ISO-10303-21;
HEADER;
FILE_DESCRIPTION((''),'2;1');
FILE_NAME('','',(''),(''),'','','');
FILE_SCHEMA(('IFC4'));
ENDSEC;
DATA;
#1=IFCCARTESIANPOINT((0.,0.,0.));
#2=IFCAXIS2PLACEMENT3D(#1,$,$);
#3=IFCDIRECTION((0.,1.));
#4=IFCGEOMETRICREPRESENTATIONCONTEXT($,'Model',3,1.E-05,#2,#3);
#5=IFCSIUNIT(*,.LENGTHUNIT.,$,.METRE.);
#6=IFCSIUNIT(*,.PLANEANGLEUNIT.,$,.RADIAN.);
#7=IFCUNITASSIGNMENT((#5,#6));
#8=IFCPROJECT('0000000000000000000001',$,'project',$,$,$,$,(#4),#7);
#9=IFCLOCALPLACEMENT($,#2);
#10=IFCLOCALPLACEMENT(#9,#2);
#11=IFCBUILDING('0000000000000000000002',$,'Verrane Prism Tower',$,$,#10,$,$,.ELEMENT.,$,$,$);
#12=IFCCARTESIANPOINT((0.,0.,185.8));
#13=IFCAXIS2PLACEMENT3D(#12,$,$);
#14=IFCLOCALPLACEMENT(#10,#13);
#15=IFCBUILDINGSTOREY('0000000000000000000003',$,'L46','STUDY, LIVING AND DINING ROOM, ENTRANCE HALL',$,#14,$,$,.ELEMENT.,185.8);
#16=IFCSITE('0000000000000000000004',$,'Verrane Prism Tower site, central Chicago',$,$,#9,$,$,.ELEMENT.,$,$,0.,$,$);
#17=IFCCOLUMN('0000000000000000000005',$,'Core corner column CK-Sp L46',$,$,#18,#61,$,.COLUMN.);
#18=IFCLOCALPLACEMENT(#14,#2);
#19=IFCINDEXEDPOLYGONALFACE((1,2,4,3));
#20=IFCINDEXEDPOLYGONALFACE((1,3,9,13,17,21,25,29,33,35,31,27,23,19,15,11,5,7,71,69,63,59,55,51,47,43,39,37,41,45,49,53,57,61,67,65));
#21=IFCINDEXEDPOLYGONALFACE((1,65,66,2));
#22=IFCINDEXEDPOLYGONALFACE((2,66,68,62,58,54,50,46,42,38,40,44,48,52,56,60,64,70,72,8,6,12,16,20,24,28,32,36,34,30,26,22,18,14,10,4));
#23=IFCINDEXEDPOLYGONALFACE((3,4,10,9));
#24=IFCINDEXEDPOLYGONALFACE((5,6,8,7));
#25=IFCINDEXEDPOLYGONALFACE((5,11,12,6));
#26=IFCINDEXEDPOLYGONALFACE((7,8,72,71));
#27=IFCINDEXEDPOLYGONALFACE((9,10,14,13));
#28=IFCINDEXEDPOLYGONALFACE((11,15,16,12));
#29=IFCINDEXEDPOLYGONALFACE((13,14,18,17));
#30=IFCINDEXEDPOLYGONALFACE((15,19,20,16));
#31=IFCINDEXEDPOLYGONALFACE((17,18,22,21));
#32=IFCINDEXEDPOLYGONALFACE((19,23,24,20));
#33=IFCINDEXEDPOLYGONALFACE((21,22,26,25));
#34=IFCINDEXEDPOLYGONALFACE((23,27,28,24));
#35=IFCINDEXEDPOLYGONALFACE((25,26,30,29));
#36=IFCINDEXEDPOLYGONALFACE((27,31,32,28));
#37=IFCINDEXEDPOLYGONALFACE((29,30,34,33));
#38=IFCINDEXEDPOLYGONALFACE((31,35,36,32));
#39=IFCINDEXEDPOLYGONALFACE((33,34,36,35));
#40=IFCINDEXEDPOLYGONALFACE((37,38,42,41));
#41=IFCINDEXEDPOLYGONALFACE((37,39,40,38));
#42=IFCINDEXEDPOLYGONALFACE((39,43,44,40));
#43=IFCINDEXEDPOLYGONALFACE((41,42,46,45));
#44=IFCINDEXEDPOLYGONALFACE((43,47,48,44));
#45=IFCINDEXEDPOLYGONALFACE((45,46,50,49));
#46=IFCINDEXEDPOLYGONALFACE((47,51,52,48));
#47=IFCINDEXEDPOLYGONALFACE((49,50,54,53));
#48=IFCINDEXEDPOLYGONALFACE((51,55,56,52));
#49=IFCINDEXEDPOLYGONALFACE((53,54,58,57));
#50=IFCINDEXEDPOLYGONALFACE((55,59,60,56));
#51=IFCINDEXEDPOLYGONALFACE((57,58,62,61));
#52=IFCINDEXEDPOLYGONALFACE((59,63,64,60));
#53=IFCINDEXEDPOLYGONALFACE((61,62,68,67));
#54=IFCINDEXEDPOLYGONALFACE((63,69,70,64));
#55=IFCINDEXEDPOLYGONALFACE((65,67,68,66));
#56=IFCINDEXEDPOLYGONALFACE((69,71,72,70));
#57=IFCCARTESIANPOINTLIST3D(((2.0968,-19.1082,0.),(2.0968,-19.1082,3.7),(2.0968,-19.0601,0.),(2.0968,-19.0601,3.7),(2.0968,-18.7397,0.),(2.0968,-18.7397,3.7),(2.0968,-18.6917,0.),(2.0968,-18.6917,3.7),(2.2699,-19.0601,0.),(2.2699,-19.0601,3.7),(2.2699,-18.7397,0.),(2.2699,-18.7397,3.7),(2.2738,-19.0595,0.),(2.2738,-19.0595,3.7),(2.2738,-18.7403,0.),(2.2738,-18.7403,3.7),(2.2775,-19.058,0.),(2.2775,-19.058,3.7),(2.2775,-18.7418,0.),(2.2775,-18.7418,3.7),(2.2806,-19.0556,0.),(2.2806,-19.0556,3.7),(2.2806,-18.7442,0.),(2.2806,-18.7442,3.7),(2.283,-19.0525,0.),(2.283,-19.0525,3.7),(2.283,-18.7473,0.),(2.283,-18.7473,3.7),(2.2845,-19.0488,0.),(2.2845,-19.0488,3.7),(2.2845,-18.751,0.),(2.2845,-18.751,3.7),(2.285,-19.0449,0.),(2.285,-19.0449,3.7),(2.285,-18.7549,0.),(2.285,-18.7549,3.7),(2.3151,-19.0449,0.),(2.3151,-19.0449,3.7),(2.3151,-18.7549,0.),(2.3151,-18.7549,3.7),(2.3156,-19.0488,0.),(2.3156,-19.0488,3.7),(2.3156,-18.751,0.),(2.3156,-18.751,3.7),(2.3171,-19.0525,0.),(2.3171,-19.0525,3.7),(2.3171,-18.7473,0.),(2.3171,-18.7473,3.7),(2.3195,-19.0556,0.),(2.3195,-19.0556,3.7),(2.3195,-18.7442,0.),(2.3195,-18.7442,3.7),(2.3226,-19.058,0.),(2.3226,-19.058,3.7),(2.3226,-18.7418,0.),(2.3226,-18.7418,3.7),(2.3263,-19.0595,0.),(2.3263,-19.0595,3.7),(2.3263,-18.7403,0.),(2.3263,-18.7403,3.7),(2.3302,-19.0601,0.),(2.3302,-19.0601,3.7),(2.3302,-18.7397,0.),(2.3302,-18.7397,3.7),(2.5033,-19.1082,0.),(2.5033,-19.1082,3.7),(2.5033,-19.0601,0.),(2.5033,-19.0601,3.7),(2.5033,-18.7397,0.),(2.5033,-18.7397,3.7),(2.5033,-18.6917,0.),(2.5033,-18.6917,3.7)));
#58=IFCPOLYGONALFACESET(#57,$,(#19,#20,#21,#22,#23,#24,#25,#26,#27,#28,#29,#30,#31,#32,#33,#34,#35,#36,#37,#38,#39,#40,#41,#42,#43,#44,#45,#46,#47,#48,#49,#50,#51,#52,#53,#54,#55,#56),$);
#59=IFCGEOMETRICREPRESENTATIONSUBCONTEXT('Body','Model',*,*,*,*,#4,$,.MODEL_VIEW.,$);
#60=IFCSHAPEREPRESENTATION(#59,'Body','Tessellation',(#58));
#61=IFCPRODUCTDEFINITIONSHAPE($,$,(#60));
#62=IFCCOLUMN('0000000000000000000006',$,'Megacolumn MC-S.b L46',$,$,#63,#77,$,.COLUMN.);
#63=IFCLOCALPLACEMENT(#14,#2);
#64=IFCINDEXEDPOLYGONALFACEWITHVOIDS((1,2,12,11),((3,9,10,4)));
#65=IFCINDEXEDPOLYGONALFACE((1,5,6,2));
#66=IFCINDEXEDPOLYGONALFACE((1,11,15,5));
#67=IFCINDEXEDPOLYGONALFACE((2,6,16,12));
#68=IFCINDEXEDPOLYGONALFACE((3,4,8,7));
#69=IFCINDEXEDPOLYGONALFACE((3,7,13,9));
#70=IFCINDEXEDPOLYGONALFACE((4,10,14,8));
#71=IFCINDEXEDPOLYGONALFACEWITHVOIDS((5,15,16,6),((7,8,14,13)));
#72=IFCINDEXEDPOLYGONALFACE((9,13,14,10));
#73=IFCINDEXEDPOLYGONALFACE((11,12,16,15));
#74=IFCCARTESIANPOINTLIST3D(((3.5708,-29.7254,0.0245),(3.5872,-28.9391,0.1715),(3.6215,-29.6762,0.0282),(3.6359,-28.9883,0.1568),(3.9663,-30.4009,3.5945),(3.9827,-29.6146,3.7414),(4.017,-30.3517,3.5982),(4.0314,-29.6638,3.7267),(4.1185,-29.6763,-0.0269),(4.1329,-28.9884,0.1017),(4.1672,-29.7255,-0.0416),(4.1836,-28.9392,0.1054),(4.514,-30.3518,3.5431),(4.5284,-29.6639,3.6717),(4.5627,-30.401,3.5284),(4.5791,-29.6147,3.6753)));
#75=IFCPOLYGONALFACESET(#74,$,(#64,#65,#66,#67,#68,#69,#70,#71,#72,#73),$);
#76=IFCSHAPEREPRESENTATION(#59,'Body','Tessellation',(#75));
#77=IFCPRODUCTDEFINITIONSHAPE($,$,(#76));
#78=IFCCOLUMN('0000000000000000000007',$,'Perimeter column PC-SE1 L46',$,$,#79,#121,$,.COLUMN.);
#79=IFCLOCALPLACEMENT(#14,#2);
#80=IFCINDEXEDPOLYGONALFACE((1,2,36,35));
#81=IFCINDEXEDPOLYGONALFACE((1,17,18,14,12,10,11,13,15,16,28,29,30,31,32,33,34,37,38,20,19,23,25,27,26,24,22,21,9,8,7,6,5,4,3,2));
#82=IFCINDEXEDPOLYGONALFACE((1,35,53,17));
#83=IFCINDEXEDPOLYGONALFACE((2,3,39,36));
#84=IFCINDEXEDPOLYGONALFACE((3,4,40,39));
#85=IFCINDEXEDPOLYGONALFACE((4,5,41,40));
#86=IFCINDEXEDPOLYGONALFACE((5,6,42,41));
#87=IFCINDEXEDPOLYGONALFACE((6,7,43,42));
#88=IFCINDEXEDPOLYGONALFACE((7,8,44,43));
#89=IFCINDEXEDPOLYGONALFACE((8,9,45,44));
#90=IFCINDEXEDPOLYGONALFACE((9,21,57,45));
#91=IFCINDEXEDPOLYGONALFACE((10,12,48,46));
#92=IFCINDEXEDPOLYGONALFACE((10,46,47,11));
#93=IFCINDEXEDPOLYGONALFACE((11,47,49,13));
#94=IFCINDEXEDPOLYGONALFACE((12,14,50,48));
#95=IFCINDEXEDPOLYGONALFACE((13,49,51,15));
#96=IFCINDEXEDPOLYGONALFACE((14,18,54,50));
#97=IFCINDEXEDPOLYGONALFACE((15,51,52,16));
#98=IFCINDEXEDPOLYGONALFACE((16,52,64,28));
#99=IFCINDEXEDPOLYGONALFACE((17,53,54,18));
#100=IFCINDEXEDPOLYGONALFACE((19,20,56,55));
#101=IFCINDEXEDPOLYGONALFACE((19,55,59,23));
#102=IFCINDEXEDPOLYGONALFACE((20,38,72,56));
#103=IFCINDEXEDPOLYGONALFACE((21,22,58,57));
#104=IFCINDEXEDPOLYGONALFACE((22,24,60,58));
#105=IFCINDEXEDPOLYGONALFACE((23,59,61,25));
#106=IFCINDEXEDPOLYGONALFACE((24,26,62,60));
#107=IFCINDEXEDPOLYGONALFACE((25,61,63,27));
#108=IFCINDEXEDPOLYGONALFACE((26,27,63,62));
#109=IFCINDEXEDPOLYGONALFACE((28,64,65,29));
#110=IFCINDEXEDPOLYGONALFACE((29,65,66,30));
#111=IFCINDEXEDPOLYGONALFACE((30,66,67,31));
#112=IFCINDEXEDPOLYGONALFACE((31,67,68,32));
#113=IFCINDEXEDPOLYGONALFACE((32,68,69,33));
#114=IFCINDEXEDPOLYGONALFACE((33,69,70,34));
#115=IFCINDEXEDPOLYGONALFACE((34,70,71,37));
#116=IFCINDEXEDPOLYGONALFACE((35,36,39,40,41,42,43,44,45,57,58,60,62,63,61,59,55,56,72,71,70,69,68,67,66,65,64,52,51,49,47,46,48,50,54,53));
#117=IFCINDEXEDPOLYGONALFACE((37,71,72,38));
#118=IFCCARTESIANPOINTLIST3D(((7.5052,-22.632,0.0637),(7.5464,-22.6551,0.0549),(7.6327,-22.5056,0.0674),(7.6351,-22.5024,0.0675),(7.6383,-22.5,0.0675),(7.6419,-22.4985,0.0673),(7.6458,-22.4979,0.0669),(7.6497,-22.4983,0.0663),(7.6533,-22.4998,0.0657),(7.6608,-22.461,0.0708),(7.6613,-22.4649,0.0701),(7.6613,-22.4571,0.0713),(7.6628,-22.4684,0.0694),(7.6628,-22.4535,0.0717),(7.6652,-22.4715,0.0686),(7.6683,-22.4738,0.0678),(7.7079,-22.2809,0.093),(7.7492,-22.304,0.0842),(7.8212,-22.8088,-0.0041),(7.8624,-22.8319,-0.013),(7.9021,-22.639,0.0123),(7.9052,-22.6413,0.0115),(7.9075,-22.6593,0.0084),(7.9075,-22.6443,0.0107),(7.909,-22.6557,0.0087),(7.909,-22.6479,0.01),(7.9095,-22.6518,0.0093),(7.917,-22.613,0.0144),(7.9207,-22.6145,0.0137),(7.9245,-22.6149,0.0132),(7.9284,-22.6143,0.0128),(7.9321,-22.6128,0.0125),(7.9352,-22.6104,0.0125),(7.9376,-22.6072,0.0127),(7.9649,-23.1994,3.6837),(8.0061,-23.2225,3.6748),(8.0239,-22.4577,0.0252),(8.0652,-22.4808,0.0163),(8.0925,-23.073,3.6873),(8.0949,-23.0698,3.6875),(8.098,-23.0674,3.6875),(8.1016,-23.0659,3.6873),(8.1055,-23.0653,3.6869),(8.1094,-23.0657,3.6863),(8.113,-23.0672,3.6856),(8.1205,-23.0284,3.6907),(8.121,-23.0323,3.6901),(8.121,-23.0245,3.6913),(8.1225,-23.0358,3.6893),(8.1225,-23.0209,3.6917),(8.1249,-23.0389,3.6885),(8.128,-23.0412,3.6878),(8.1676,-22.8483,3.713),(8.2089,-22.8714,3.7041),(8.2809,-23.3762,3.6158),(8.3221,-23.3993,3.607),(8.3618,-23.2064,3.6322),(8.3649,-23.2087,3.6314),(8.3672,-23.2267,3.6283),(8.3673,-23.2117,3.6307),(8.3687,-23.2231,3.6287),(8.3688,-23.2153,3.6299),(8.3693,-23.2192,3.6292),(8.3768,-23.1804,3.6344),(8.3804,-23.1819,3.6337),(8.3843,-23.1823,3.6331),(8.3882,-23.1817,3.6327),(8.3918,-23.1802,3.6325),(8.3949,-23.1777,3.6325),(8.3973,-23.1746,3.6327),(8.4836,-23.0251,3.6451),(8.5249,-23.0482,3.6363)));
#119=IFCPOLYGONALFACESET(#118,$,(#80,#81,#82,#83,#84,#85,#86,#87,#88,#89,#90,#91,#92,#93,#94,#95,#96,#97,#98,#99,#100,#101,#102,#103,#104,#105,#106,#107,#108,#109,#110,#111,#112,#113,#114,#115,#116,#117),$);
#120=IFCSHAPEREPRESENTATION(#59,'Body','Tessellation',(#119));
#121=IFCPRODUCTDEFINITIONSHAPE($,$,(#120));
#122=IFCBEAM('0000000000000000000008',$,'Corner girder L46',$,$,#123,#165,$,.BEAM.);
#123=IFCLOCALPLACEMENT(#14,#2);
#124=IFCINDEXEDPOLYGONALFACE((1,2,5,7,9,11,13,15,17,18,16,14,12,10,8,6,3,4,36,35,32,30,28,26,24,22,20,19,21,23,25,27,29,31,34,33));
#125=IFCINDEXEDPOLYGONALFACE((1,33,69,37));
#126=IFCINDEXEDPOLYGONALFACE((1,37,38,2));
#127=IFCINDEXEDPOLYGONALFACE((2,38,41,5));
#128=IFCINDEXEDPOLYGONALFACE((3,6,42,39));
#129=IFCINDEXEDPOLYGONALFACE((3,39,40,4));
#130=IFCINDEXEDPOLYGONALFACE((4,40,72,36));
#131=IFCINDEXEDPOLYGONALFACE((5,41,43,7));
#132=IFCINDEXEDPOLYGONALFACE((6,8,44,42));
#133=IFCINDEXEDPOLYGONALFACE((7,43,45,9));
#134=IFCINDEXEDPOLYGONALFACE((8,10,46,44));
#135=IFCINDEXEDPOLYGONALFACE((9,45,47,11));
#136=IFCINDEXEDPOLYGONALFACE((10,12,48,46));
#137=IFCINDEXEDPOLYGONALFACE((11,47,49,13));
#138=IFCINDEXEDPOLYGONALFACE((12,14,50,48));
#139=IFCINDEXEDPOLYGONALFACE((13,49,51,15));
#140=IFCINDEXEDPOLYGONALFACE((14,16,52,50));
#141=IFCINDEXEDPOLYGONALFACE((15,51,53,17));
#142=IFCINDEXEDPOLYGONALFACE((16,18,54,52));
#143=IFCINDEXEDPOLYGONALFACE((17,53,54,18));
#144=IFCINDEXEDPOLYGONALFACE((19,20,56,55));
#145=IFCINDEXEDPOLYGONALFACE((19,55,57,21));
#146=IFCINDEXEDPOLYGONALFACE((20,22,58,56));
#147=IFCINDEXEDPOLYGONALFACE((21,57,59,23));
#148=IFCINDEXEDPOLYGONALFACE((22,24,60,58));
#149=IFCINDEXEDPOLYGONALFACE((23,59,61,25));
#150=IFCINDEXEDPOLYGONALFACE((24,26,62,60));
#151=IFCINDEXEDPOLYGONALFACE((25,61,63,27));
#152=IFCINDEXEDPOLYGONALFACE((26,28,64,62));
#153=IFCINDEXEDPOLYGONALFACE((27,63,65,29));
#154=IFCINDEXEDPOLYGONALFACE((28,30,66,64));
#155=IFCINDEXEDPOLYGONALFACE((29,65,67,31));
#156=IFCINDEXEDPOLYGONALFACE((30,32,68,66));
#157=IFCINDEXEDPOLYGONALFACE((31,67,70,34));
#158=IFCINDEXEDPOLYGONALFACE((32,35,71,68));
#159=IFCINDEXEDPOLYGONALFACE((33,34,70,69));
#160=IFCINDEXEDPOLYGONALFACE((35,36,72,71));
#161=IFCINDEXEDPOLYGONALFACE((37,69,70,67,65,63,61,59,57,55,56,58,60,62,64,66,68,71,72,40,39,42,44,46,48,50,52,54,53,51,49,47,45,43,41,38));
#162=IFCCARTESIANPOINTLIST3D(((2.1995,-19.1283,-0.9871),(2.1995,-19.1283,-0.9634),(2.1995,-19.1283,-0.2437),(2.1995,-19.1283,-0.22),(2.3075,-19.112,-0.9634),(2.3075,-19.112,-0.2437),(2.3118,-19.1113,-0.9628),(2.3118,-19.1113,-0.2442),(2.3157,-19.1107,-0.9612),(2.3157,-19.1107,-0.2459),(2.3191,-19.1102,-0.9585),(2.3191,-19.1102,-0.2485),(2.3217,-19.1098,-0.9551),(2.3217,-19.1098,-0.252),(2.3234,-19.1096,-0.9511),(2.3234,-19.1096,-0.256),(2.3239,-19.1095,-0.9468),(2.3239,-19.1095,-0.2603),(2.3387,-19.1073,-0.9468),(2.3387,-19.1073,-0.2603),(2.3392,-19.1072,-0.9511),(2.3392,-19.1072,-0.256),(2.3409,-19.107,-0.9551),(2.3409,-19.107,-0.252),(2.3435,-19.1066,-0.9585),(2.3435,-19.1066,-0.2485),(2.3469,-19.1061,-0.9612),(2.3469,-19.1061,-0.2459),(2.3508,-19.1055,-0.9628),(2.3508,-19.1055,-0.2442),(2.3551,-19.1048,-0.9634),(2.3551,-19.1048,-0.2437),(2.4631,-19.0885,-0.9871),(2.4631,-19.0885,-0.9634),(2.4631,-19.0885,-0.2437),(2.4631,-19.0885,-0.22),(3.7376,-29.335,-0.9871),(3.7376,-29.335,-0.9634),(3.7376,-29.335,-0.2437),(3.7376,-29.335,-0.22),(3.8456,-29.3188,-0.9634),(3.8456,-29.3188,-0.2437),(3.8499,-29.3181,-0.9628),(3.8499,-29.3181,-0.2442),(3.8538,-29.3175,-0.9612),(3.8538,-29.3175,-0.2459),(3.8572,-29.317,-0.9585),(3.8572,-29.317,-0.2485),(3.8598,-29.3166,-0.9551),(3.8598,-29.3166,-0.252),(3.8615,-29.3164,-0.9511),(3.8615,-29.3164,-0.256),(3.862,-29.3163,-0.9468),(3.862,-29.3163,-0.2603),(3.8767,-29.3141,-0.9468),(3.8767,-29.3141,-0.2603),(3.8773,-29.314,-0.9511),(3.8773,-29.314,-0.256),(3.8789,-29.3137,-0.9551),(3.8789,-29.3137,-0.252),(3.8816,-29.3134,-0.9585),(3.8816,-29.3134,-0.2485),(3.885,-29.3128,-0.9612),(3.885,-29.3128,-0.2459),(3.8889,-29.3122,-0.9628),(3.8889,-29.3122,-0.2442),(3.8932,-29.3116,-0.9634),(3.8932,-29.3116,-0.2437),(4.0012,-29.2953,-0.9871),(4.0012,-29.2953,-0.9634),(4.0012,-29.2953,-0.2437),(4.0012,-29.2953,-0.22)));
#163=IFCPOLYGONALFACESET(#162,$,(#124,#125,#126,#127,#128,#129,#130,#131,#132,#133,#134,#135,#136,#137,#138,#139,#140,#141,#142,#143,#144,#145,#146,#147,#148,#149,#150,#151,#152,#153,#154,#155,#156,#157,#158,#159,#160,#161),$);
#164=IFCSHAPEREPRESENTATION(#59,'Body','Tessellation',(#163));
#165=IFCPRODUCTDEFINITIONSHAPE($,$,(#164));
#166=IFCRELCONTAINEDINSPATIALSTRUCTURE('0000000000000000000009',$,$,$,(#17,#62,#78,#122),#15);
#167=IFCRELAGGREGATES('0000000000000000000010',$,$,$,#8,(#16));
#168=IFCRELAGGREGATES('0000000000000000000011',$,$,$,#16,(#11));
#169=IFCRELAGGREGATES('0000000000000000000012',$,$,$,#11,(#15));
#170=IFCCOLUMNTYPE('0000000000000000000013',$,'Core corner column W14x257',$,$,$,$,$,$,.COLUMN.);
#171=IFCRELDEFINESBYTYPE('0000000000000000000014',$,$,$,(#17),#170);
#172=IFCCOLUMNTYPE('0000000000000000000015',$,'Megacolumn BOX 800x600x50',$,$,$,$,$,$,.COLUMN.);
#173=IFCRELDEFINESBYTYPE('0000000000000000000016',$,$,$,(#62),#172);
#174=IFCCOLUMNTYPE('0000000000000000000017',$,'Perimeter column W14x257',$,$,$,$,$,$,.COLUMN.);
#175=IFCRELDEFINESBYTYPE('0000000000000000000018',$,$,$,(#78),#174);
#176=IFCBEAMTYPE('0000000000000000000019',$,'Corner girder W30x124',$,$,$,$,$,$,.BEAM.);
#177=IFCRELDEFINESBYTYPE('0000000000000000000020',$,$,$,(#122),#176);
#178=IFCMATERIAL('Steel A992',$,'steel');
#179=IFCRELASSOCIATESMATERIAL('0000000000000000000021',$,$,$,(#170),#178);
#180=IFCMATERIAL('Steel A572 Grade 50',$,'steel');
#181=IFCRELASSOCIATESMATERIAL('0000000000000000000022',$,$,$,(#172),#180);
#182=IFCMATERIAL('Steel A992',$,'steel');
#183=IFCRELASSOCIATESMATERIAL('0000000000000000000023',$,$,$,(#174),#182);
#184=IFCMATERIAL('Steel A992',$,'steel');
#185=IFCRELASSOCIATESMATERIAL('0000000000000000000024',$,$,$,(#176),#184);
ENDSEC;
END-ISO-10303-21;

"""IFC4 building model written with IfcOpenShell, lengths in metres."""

from ifc_helpers import new_model, si_unit, direction, frame, origin, origin_2d, place, context, subcontext, project, spatial, hollow_rectangle, i_section, extrude, material, material_profile, profile_set, type_object, element, save


model = new_model("IFC4")

# Units and contexts
model_context = context("Model", 3, precision=1e-05, world=origin(), true_north=direction((0.0, 1.0)))
body_context = subcontext(model_context, "Body", "Model", "MODEL_VIEW")
ifc_project = project(units=[si_unit("LENGTHUNIT", "METRE"), si_unit("PLANEANGLEUNIT", "RADIAN")], contexts=[model_context])

# Site, building, storey
site_placement = place(None, origin())
site = spatial("IfcSite", under=ifc_project, at=site_placement, Name="Verrane Prism Tower site, central Chicago", CompositionType="ELEMENT", RefElevation=0.0)
building_placement = place(site_placement, origin())
building = spatial("IfcBuilding", under=site, at=building_placement, Name="Verrane Prism Tower", CompositionType="ELEMENT")
storey_placement = place(building_placement, frame((0.0, 0.0, 185.8)))
storey = spatial("IfcBuildingStorey", under=building, at=storey_placement, Name="L46", Description="STUDY, LIVING AND DINING ROOM, ENTRANCE HALL", CompositionType="ELEMENT", Elevation=185.8)

# Columns
ifc_material_1 = material(Name="Steel A992", Category="steel")
ifc_material_profile_1 = material_profile(ifc_material_1, i_section(OverallWidth=0.4065, OverallDepth=0.4165, WebThickness=0.03, FlangeThickness=0.0481, FilletRadius=0.0151, at=origin_2d()), Name="W14x257")
ifc_profile_set_1 = profile_set([ifc_material_profile_1], Name="Steel A992")
column_type_1 = type_object("IfcColumnType", Name="Core corner column W14x257", PredefinedType="COLUMN", material=ifc_profile_set_1)
column_1_placement = place(storey_placement, frame((2.3, -18.8999, 0.0), z_axis=(0.0, 0.0, 1.0), x_axis=(-1.0, 0.0, 0.0)))
element("IfcColumn", 1, at=column_1_placement, inside=storey, type_object=column_type_1, Name="Core corner column CK-Sp L46", PredefinedType="COLUMN", context=body_context, shape_type="SweptSolid", body=[
    extrude(i_section(OverallWidth=0.4065, OverallDepth=0.4165, WebThickness=0.03, FlangeThickness=0.0481, FilletRadius=0.0151, at=origin_2d()), origin(), (0.0, 0.0, 1.0), 3.7),
])
ifc_material_2 = material(Name="Steel A572 Grade 50", Category="steel")
ifc_material_profile_2 = material_profile(ifc_material_2, hollow_rectangle(XDim=0.6001, YDim=0.8, WallThickness=0.05, at=origin_2d()), Name="BOX 800x600x50")
ifc_profile_set_2 = profile_set([ifc_material_profile_2], Name="Steel A572 Grade 50")
column_type_2 = type_object("IfcColumnType", Name="Megacolumn BOX 800x600x50", PredefinedType="COLUMN", material=ifc_profile_set_2)
column_2_placement = place(storey_placement, frame((3.8772, -29.3323, 0.0649), z_axis=(0.108214, -0.184831, 0.976794), x_axis=(-0.993916, 0.000177, 0.110144)))
element("IfcColumn", 2, at=column_2_placement, inside=storey, type_object=column_type_2, Name="Megacolumn MC-S.b L46", PredefinedType="COLUMN", context=body_context, shape_type="SweptSolid", body=[
    extrude(hollow_rectangle(XDim=0.6001, YDim=0.8, WallThickness=0.05, at=origin_2d()), origin(), (0.0, 0.0, 1.0), 3.6548),
])
ifc_material_3 = material(Name="Steel A992", Category="steel")
ifc_material_profile_3 = material_profile(ifc_material_3, i_section(OverallWidth=0.4065, OverallDepth=0.4165, WebThickness=0.03, FlangeThickness=0.0481, FilletRadius=0.0151, at=origin_2d()), Name="W14x257")
ifc_profile_set_3 = profile_set([ifc_material_profile_3], Name="Steel A992")
column_type_3 = type_object("IfcColumnType", Name="Perimeter column W14x257", PredefinedType="COLUMN", material=ifc_profile_set_3)
column_3_placement = place(storey_placement, frame((7.7852, -22.5564, 0.04), z_axis=(0.12449, -0.153646, 0.980253), x_axis=(-0.498753, -0.863745, -0.072044)))
element("IfcColumn", 3, at=column_3_placement, inside=storey, type_object=column_type_3, Name="Perimeter column PC-SE1 L46", PredefinedType="COLUMN", context=body_context, shape_type="SweptSolid", body=[
    extrude(i_section(OverallWidth=0.4065, OverallDepth=0.4165, WebThickness=0.03, FlangeThickness=0.0481, FilletRadius=0.0151, at=origin_2d()), origin(), (0.0, 0.0, 1.0), 3.6929),
])

# Beam
ifc_material_4 = material(Name="Steel A992", Category="steel")
ifc_material_profile_4 = material_profile(ifc_material_4, i_section(OverallWidth=0.2666, OverallDepth=0.7671, WebThickness=0.0149, FlangeThickness=0.0237, FilletRadius=0.0166, at=origin_2d()), Name="W30x124")
ifc_profile_set_4 = profile_set([ifc_material_profile_4], Name="Steel A992")
beam_type_1 = type_object("IfcBeamType", Name="Corner girder W30x124", PredefinedType="BEAM", material=ifc_profile_set_4)
beam_1_placement = place(storey_placement, frame((3.8694, -29.3152, -0.6035), z_axis=(-0.14901, 0.988836, 0.0), x_axis=(-0.988836, -0.14901, 0.0)))
element("IfcBeam", 4, at=beam_1_placement, inside=storey, type_object=beam_type_1, Name="Corner girder L46", PredefinedType="BEAM", context=body_context, shape_type="SweptSolid", body=[
    extrude(i_section(OverallWidth=0.2666, OverallDepth=0.7671, WebThickness=0.0149, FlangeThickness=0.0237, FilletRadius=0.0166, at=origin_2d()), origin(), (0.0, 0.0, 1.0), 10.322),
])

save(model, "model.ifc")
